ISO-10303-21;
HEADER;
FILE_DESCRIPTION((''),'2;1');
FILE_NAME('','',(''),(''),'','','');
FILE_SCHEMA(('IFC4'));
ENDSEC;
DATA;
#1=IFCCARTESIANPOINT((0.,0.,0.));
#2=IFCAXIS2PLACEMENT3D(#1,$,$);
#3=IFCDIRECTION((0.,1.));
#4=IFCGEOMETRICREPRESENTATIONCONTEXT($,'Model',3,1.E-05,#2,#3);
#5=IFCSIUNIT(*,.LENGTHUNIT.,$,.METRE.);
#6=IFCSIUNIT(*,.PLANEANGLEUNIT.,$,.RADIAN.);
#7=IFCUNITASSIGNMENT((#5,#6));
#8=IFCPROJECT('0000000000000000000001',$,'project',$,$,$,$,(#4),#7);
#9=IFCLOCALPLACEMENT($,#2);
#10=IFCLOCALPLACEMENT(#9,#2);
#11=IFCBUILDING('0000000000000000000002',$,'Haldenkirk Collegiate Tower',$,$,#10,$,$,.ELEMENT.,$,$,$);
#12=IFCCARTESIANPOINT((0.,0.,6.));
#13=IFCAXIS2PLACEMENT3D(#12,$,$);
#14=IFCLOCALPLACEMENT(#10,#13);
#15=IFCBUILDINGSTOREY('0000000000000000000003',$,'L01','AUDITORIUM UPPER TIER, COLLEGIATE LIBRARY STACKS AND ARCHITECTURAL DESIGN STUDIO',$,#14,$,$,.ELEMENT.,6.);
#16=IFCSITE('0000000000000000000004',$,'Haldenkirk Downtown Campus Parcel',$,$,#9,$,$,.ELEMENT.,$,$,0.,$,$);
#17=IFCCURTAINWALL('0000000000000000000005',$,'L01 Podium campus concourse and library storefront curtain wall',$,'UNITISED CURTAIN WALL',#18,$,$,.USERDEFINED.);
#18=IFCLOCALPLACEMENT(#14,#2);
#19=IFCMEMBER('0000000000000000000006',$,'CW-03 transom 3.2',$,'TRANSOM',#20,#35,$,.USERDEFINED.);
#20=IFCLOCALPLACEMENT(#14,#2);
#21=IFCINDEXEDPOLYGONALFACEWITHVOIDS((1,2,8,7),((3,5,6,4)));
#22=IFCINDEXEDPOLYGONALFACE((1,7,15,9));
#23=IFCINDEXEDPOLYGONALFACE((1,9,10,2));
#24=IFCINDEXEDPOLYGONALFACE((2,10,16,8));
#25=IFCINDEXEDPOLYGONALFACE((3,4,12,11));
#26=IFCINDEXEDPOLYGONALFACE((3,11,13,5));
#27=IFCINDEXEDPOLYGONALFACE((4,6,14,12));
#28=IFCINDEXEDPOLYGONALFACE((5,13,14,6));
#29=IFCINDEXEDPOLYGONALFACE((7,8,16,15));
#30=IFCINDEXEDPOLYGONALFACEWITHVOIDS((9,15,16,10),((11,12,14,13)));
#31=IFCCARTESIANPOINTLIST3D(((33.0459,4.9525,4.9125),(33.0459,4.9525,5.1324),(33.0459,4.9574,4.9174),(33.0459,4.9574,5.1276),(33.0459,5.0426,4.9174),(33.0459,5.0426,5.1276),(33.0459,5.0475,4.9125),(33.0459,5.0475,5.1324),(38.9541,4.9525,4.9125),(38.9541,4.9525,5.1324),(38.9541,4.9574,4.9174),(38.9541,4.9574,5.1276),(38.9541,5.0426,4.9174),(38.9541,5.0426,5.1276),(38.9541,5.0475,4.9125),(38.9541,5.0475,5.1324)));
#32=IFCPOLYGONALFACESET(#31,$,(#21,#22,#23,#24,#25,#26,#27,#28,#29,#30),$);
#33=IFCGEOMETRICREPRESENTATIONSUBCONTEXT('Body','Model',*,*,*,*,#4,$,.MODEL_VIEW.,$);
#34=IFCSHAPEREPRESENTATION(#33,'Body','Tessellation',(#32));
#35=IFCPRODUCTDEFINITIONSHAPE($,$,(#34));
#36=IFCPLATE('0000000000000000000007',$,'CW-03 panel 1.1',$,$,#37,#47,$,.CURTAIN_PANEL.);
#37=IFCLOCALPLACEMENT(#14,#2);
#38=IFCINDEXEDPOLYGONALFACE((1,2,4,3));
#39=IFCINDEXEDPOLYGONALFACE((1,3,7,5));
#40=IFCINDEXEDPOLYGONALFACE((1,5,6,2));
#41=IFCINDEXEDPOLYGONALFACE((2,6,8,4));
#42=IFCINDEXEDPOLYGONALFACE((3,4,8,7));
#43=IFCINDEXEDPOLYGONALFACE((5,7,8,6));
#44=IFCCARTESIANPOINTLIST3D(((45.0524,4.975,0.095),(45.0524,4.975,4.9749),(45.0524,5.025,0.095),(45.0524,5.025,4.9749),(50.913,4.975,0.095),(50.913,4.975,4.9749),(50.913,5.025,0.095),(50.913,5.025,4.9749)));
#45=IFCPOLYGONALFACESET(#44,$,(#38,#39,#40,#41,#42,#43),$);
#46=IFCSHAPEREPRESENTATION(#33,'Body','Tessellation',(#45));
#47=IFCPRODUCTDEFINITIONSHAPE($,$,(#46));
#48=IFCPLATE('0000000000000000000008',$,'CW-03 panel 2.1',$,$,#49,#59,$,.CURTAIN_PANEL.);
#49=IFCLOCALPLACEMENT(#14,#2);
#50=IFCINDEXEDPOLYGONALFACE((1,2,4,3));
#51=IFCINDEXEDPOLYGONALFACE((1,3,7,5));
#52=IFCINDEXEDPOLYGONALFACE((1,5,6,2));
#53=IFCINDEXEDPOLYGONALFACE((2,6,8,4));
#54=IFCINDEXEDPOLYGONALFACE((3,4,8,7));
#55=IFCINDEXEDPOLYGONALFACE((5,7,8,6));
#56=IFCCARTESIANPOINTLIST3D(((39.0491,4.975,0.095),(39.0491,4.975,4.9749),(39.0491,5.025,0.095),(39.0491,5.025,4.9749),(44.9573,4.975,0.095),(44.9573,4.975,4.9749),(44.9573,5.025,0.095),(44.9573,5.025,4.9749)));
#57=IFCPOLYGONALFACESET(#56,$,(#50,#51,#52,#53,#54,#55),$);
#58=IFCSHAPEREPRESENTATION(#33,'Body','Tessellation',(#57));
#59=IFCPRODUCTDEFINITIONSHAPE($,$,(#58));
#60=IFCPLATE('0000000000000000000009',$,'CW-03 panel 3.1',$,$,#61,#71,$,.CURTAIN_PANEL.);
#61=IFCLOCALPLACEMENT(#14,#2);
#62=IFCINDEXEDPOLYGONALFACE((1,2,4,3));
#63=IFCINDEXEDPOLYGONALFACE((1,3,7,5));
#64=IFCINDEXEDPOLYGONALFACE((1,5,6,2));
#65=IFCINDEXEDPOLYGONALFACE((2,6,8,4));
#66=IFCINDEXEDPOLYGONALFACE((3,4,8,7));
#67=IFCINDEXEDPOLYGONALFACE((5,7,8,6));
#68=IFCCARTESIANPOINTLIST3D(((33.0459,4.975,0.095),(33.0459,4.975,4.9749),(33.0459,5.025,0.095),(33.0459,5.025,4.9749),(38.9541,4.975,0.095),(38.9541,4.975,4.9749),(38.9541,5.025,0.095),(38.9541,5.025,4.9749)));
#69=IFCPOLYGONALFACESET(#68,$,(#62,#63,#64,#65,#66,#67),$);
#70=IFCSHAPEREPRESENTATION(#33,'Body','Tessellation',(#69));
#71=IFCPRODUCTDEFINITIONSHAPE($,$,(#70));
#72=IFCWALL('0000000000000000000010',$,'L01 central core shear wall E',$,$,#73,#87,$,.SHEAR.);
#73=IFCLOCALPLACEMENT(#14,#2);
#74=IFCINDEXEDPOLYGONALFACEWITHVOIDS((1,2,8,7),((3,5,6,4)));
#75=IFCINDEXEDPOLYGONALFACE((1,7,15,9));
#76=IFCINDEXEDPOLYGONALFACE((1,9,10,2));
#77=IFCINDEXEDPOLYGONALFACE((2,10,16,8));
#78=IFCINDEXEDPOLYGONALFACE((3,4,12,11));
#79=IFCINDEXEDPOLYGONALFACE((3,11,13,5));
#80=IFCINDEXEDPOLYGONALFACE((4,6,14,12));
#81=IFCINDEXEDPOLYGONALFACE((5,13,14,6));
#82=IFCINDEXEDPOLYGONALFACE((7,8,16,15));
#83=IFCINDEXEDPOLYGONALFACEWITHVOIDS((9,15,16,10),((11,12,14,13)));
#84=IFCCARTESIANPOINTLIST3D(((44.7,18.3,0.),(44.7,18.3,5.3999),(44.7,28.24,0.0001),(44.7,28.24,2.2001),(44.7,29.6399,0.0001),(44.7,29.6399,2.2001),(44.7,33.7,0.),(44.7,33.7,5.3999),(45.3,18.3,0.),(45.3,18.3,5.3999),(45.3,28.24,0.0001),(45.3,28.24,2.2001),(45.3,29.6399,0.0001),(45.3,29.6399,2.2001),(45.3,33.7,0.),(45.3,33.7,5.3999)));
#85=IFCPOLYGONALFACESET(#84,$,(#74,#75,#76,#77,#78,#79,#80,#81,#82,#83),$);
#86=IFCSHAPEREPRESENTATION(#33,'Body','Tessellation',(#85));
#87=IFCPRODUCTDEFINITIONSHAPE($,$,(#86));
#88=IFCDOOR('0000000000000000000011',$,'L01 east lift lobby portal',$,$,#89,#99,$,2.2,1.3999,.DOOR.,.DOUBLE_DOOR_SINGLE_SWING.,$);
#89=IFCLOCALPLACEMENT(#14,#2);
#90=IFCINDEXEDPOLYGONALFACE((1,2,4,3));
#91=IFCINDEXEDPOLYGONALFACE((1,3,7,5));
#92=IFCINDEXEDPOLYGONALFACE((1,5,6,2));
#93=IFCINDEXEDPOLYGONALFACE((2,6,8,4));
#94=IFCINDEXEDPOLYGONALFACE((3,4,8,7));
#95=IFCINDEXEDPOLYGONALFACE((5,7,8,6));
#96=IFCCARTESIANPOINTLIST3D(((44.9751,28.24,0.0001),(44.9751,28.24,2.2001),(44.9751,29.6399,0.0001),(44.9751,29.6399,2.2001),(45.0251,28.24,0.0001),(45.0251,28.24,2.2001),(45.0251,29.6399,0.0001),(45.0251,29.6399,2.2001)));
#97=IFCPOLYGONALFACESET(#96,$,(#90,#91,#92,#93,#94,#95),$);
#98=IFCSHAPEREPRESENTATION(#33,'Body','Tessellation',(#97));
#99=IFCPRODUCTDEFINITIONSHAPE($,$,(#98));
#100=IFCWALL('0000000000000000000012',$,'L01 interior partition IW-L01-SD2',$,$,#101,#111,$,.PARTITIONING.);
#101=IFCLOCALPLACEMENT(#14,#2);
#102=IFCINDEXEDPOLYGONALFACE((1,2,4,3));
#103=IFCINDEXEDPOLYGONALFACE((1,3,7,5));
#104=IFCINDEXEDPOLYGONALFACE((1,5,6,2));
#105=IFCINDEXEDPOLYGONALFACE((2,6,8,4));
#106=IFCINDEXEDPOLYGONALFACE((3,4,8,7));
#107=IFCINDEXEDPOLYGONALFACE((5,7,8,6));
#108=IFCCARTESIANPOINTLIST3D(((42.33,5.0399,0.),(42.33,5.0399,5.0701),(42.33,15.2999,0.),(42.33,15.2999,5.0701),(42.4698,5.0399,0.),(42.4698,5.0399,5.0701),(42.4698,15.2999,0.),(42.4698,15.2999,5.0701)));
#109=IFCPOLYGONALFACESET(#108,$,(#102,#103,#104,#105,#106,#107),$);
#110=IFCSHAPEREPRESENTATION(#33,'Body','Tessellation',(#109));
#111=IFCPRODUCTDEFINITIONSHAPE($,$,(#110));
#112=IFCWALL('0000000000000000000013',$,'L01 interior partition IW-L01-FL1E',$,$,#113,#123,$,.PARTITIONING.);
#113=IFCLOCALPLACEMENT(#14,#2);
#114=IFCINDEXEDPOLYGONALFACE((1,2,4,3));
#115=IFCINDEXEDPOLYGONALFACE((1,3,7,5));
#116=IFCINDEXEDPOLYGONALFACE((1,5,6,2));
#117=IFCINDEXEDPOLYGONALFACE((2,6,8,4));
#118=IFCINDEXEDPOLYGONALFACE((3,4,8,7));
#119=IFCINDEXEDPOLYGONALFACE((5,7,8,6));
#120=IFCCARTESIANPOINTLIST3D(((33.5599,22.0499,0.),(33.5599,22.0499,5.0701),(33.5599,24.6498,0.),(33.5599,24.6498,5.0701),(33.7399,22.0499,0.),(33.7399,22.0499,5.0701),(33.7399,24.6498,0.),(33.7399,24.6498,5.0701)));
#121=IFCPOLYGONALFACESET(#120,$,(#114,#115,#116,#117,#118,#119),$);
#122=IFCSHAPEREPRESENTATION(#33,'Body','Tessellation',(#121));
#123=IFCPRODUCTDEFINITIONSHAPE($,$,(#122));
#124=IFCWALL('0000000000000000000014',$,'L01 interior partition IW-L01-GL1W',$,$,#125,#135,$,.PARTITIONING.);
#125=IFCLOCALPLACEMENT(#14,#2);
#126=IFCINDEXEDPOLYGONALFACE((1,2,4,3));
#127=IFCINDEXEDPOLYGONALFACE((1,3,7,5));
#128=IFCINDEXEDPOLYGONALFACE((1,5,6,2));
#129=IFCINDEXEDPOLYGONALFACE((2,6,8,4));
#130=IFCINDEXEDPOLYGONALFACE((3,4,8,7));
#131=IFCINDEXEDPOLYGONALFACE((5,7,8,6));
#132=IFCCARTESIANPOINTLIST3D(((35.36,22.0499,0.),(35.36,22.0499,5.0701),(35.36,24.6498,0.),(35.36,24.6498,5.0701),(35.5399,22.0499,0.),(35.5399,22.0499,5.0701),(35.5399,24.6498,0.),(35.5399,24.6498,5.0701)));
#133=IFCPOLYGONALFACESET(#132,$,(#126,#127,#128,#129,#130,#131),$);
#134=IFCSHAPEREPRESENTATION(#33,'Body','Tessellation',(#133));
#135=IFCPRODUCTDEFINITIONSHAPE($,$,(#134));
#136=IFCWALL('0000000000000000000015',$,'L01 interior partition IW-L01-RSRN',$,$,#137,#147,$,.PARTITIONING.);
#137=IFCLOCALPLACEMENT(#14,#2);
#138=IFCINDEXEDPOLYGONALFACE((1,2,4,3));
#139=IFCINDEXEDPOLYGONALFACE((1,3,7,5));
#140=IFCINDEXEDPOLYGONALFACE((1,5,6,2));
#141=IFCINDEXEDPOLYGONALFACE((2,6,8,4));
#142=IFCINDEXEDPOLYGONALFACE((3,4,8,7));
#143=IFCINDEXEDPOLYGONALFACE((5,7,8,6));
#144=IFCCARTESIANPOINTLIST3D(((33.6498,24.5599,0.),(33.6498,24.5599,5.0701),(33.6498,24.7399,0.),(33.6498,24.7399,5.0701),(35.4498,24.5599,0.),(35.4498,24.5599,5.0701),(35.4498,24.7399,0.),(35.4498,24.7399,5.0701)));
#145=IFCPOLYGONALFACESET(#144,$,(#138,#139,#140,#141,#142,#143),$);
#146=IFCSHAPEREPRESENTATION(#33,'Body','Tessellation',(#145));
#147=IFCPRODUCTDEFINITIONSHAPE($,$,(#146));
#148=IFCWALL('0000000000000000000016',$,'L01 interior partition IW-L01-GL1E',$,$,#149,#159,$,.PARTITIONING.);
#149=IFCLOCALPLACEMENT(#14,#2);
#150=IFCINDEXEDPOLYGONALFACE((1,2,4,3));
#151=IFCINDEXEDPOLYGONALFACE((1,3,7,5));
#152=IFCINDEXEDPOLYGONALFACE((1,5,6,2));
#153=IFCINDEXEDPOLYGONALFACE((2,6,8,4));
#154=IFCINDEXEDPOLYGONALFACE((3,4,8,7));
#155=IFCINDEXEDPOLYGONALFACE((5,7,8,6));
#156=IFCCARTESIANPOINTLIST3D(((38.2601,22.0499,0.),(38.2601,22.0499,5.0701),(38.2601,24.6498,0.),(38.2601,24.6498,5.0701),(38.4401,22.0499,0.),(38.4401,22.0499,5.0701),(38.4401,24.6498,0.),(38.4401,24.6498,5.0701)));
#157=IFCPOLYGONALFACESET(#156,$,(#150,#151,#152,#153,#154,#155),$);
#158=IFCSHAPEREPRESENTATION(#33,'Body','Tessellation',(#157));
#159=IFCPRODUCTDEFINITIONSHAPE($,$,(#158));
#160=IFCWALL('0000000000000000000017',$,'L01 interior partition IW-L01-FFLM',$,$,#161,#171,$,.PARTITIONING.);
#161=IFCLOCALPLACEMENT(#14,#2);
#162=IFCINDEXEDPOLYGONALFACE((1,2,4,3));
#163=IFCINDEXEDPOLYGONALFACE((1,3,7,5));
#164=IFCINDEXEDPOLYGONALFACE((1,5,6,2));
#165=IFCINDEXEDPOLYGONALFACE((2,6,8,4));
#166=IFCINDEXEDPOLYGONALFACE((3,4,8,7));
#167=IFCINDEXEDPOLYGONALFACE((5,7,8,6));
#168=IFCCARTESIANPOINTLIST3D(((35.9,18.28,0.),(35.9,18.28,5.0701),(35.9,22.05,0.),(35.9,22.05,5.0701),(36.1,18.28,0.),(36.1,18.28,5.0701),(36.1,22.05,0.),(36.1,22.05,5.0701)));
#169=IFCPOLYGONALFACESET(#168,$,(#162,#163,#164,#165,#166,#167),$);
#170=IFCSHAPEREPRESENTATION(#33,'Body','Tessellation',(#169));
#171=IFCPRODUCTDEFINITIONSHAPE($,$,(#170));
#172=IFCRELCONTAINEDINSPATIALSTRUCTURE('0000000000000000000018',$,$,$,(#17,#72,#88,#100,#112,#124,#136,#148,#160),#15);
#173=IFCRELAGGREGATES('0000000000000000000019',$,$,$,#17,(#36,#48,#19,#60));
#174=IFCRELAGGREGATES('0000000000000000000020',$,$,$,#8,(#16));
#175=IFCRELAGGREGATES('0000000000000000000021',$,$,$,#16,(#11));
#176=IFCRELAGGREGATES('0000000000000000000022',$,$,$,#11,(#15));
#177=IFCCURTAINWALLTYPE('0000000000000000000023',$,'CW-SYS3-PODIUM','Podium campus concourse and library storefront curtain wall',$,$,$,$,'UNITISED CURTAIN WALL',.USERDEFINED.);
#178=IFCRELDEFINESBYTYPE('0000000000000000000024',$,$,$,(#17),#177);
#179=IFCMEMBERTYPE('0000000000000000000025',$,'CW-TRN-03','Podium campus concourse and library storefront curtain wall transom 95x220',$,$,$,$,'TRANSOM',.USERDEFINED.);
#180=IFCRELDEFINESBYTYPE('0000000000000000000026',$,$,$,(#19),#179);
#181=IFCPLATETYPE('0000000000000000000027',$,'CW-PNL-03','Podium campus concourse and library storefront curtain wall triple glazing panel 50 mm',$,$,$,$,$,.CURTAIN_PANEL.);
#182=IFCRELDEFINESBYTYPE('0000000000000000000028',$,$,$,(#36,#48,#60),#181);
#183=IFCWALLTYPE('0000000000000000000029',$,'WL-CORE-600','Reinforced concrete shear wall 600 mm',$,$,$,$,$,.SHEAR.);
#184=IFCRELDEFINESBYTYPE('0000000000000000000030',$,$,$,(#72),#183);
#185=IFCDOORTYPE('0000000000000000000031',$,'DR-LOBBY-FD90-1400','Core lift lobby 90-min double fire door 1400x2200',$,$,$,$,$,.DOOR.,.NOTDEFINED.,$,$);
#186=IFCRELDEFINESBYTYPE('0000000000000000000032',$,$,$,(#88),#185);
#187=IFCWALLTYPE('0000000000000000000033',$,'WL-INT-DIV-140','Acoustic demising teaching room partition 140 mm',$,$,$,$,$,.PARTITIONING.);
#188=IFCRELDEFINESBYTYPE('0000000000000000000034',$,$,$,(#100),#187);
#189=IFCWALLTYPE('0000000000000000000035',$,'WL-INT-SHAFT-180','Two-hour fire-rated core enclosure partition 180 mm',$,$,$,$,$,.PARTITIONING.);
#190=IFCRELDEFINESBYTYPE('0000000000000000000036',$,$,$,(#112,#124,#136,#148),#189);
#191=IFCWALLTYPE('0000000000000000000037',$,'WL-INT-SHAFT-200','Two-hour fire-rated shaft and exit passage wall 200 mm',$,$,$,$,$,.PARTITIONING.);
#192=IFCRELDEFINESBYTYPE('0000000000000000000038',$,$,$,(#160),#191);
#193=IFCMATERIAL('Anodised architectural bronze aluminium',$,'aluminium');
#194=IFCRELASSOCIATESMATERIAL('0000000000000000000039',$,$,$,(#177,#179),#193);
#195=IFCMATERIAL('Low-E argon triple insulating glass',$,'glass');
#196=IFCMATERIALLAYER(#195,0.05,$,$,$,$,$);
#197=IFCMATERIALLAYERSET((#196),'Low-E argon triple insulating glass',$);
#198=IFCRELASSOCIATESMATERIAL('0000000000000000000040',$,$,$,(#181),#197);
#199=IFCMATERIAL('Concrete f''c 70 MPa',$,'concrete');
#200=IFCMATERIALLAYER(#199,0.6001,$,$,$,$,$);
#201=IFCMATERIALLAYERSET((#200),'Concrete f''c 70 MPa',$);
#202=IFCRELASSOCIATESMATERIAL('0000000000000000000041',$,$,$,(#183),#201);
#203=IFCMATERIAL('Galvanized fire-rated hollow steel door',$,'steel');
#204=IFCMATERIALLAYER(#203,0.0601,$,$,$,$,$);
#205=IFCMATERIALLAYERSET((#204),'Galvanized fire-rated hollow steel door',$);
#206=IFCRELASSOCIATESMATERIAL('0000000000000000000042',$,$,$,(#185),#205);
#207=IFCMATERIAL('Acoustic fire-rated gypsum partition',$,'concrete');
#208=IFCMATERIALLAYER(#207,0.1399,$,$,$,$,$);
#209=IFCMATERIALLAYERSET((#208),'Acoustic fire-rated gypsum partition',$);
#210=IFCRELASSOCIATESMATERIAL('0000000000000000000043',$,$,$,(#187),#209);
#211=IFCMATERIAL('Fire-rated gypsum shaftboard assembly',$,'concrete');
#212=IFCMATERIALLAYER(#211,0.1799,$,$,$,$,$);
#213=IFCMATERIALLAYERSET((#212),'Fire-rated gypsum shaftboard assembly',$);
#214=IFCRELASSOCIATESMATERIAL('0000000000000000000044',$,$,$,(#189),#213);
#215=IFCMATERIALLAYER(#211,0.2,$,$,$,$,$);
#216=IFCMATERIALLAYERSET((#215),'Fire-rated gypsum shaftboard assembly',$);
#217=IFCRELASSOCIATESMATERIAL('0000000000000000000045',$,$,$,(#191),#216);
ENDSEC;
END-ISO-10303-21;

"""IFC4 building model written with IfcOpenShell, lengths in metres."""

from ifc_helpers import new_model, si_unit, direction, frame, frame_2d, origin, origin_2d, place, context, subcontext, project, spatial, rectangle, hollow_rectangle, extrude, source, transform, mapped, material, layer, layer_set, material_profile, profile_set, type_object, element, fill, aggregate, save


model = new_model("IFC4")

# Units and contexts
model_context = context("Model", 3, precision=1e-05, world=origin(), true_north=direction((0.0, 1.0)))
body_context = subcontext(model_context, "Body", "Model", "MODEL_VIEW")
ifc_project = project(units=[si_unit("LENGTHUNIT", "METRE"), si_unit("PLANEANGLEUNIT", "RADIAN")], contexts=[model_context])

# Site, building, storey
site_placement = place(None, origin())
site = spatial("IfcSite", under=ifc_project, at=site_placement, Name="Haldenkirk Downtown Campus Parcel", CompositionType="ELEMENT", RefElevation=0.0)
building_placement = place(site_placement, origin())
building = spatial("IfcBuilding", under=site, at=building_placement, Name="Haldenkirk Collegiate Tower", CompositionType="ELEMENT")
storey_placement = place(building_placement, frame((0.0, 0.0, 6.0)))
storey = spatial("IfcBuildingStorey", under=building, at=storey_placement, Name="L01", Description="AUDITORIUM UPPER TIER, COLLEGIATE LIBRARY STACKS AND ARCHITECTURAL DESIGN STUDIO", CompositionType="ELEMENT", Elevation=6.0)

# Curtain wall, member, plates
ifc_material_1 = material(Name="Anodised architectural bronze aluminium", Category="aluminium")
curtain_wall_type = type_object("IfcCurtainWallType", Name="CW-SYS3-PODIUM", Description="Podium campus concourse and library storefront curtain wall", ElementType="UNITISED CURTAIN WALL", PredefinedType="USERDEFINED", material=ifc_material_1)
curtain_wall_placement = place(storey_placement, origin())
curtain_wall = element("IfcCurtainWall", 1, at=curtain_wall_placement, inside=storey, type_object=curtain_wall_type, Name="L01 Podium campus concourse and library storefront curtain wall", ObjectType="UNITISED CURTAIN WALL", PredefinedType="USERDEFINED")
ifc_material_profile_1 = material_profile(ifc_material_1, hollow_rectangle(XDim=0.095, YDim=0.22, WallThickness=0.0049, at=origin_2d()), Name="CW-TRN-03")
ifc_profile_set_1 = profile_set([ifc_material_profile_1], Name="Anodised architectural bronze aluminium")
member_type_1 = type_object("IfcMemberType", Name="CW-TRN-03", Description="Podium campus concourse and library storefront curtain wall transom 95x220", ElementType="TRANSOM", PredefinedType="USERDEFINED", material=ifc_profile_set_1)
member_1_placement = place(storey_placement, frame((38.9541, 5.0, 5.0225), z_axis=(-1.0, 0.0, 0.0), x_axis=(0.0, -1.0, 0.0)))
member_1 = element("IfcMember", 2, at=member_1_placement, type_object=member_type_1, Name="CW-03 transom 3.2", ObjectType="TRANSOM", PredefinedType="USERDEFINED", context=body_context, shape_type="SweptSolid", body=[
    extrude(hollow_rectangle(XDim=0.095, YDim=0.22, WallThickness=0.0049, at=origin_2d()), origin(), (0.0, 0.0, 1.0), 5.9082),
])
ifc_material_2 = material(Name="Low-E argon triple insulating glass", Category="glass")
ifc_layer_1 = layer(ifc_material_2, 0.05)
ifc_layer_set_1 = layer_set([ifc_layer_1], Name="Low-E argon triple insulating glass")
plate_type = type_object("IfcPlateType", Name="CW-PNL-03", Description="Podium campus concourse and library storefront curtain wall triple glazing panel 50 mm", PredefinedType="CURTAIN_PANEL", material=ifc_layer_set_1)
shared_shape_1 = source(origin(), body_context, "Body", "SweptSolid", [
    extrude(rectangle(XDim=5.8606, YDim=0.05, at=origin_2d()), origin(), (0.0, 0.0, 1.0), 4.8799),
])
plate_1_placement = place(storey_placement, frame((47.9827, 5.0, 0.095), z_axis=(0.0, 0.0, 1.0), x_axis=(-1.0, 0.0, 0.0)))
plate_1 = element("IfcPlate", 3, at=plate_1_placement, type_object=plate_type, Name="CW-03 panel 1.1", PredefinedType="CURTAIN_PANEL", context=body_context, shape_type="MappedRepresentation", body=[
    mapped(shared_shape_1, transform((0.0, 0.0, 0.0), x_axis=(1.0, 0.0, 0.0), y_axis=(0.0, 1.0, 0.0), z_axis=(0.0, 0.0, 1.0), scale=1.0)),
])
shared_shape_2 = source(origin(), body_context, "Body", "SweptSolid", [
    extrude(rectangle(XDim=5.9082, YDim=0.05, at=origin_2d()), origin(), (0.0, 0.0, 1.0), 4.8799),
])
plate_2_placement = place(storey_placement, frame((42.0032, 5.0, 0.095), z_axis=(0.0, 0.0, 1.0), x_axis=(-1.0, 0.0, 0.0)))
plate_2 = element("IfcPlate", 4, at=plate_2_placement, type_object=plate_type, Name="CW-03 panel 2.1", PredefinedType="CURTAIN_PANEL", context=body_context, shape_type="MappedRepresentation", body=[
    mapped(shared_shape_2, transform((0.0, 0.0, 0.0), x_axis=(1.0, 0.0, 0.0), y_axis=(0.0, 1.0, 0.0), z_axis=(0.0, 0.0, 1.0), scale=1.0)),
])
plate_3_placement = place(storey_placement, frame((36.0, 5.0, 0.095), z_axis=(0.0, 0.0, 1.0), x_axis=(-1.0, 0.0, 0.0)))
plate_3 = element("IfcPlate", 5, at=plate_3_placement, type_object=plate_type, Name="CW-03 panel 3.1", PredefinedType="CURTAIN_PANEL", context=body_context, shape_type="MappedRepresentation", body=[
    mapped(shared_shape_2, transform((0.0, 0.0, 0.0), x_axis=(1.0, 0.0, 0.0), y_axis=(0.0, 1.0, 0.0), z_axis=(0.0, 0.0, 1.0), scale=1.0)),
])
aggregate(curtain_wall, [plate_1, plate_2, member_1, plate_3])

# Wall, opening, door
ifc_material_3 = material(Name="Concrete f'c 70 MPa", Category="concrete")
ifc_layer_2 = layer(ifc_material_3, 0.6001)
ifc_layer_set_2 = layer_set([ifc_layer_2], Name="Concrete f'c 70 MPa")
wall_type_1 = type_object("IfcWallType", Name="WL-CORE-600", Description="Reinforced concrete shear wall 600 mm", PredefinedType="SHEAR", material=ifc_layer_set_2)
wall_1_placement = place(storey_placement, frame((45.0, 18.3, 0.0), z_axis=(0.0, 0.0, 1.0), x_axis=(0.0, 1.0, 0.0)))
wall_1 = element("IfcWall", 6, at=wall_1_placement, inside=storey, type_object=wall_type_1, Name="L01 central core shear wall E", PredefinedType="SHEAR", context=body_context, shape_type="SweptSolid", body=[
    extrude(rectangle(XDim=15.3999, YDim=0.6001, at=frame_2d((7.7, 0.0))), origin(), (0.0, 0.0, 1.0), 5.3999),
])
opening_1_placement = place(wall_1_placement, frame((9.9399, 0.0, 0.0)))
opening_1 = element("IfcOpeningElement", 7, at=opening_1_placement, cuts=wall_1, PredefinedType="OPENING", context=body_context, shape_type="SweptSolid", body=[
    extrude(rectangle(XDim=1.3999, YDim=2.2, at=frame_2d((0.7, 1.1001))), frame((0.0, 0.3101, 0.0), z_axis=(0.0, -1.0, 0.0), x_axis=(1.0, 0.0, 0.0)), (0.0, 0.0, 1.0), 0.6201),
])
ifc_material_4 = material(Name="Galvanized fire-rated hollow steel door", Category="steel")
ifc_layer_3 = layer(ifc_material_4, 0.0601)
ifc_layer_set_3 = layer_set([ifc_layer_3], Name="Galvanized fire-rated hollow steel door")
door_type_1 = type_object("IfcDoorType", Name="DR-LOBBY-FD90-1400", Description="Core lift lobby 90-min double fire door 1400x2200", OperationType="NOTDEFINED", PredefinedType="DOOR", material=ifc_layer_set_3)
door_1_placement = place(opening_1_placement, origin())
door_1 = element("IfcDoor", 8, at=door_1_placement, inside=storey, type_object=door_type_1, Name="L01 east lift lobby portal", OperationType="DOUBLE_DOOR_SINGLE_SWING", OverallHeight=2.2, OverallWidth=1.3999, PredefinedType="DOOR", context=body_context, shape_type="SweptSolid", body=[
    extrude(rectangle(XDim=1.3999, YDim=2.2, at=frame_2d((0.7, 1.1001))), frame((0.0, 0.0249, 0.0), z_axis=(0.0, -1.0, 0.0), x_axis=(1.0, 0.0, 0.0)), (0.0, 0.0, 1.0), 0.05),
])
fill(opening_1, door_1)

# Walls
ifc_material_5 = material(Name="Acoustic fire-rated gypsum partition", Category="concrete")
ifc_layer_4 = layer(ifc_material_5, 0.1399)
ifc_layer_set_4 = layer_set([ifc_layer_4], Name="Acoustic fire-rated gypsum partition")
wall_type_2 = type_object("IfcWallType", Name="WL-INT-DIV-140", Description="Acoustic demising teaching room partition 140 mm", PredefinedType="PARTITIONING", material=ifc_layer_set_4)
wall_2_placement = place(storey_placement, frame((42.3999, 5.04, 0.0), z_axis=(0.0, 0.0, 1.0), x_axis=(0.0, 1.0, 0.0)))
element("IfcWall", 9, at=wall_2_placement, inside=storey, type_object=wall_type_2, Name="L01 interior partition IW-L01-SD2", PredefinedType="PARTITIONING", context=body_context, shape_type="SweptSolid", body=[
    extrude(rectangle(XDim=10.26, YDim=0.1399, at=frame_2d((5.1299, 0.0))), origin(), (0.0, 0.0, 1.0), 5.0701),
])
ifc_material_6 = material(Name="Fire-rated gypsum shaftboard assembly", Category="concrete")
ifc_layer_5 = layer(ifc_material_6, 0.1799)
ifc_layer_set_5 = layer_set([ifc_layer_5], Name="Fire-rated gypsum shaftboard assembly")
wall_type_3 = type_object("IfcWallType", Name="WL-INT-SHAFT-180", Description="Two-hour fire-rated core enclosure partition 180 mm", PredefinedType="PARTITIONING", material=ifc_layer_set_5)
for number, where, z_axis, x_axis, name in (
    (10, (33.6499, 22.05, 0.0), (0.0, 0.0, 1.0), (0.0, 1.0, 0.0), "L01 interior partition IW-L01-FL1E"),
    (11, (35.45, 22.05, 0.0), (0.0, 0.0, 1.0), (0.0, 1.0, 0.0), "L01 interior partition IW-L01-GL1W"),
):
    element("IfcWall", number, at=place(storey_placement, frame(where, z_axis=z_axis, x_axis=x_axis)), inside=storey, type_object=wall_type_3, Name=name, PredefinedType="PARTITIONING", context=body_context, shape_type="SweptSolid", body=[
        extrude(rectangle(XDim=2.5999, YDim=0.1799, at=frame_2d((1.2998, 0.0))), origin(), (0.0, 0.0, 1.0), 5.0701),
    ])
wall_3_placement = place(storey_placement, frame((33.6499, 24.6499, 0.0), z_axis=(0.0, 0.0, 1.0), x_axis=(1.0, 0.0, 0.0)))
element("IfcWall", 12, at=wall_3_placement, inside=storey, type_object=wall_type_3, Name="L01 interior partition IW-L01-RSRN", PredefinedType="PARTITIONING", context=body_context, shape_type="SweptSolid", body=[
    extrude(rectangle(XDim=1.8, YDim=0.1799, at=frame_2d((0.8999, 0.0))), origin(), (0.0, 0.0, 1.0), 5.0701),
])
wall_4_placement = place(storey_placement, frame((38.3501, 22.05, 0.0), z_axis=(0.0, 0.0, 1.0), x_axis=(0.0, 1.0, 0.0)))
element("IfcWall", 13, at=wall_4_placement, inside=storey, type_object=wall_type_3, Name="L01 interior partition IW-L01-GL1E", PredefinedType="PARTITIONING", context=body_context, shape_type="SweptSolid", body=[
    extrude(rectangle(XDim=2.5999, YDim=0.1799, at=frame_2d((1.2998, 0.0))), origin(), (0.0, 0.0, 1.0), 5.0701),
])
ifc_layer_6 = layer(ifc_material_6, 0.2)
ifc_layer_set_6 = layer_set([ifc_layer_6], Name="Fire-rated gypsum shaftboard assembly")
wall_type_4 = type_object("IfcWallType", Name="WL-INT-SHAFT-200", Description="Two-hour fire-rated shaft and exit passage wall 200 mm", PredefinedType="PARTITIONING", material=ifc_layer_set_6)
wall_5_placement = place(storey_placement, frame((36.0, 18.28, 0.0), z_axis=(0.0, 0.0, 1.0), x_axis=(0.0, 1.0, 0.0)))
element("IfcWall", 14, at=wall_5_placement, inside=storey, type_object=wall_type_4, Name="L01 interior partition IW-L01-FFLM", PredefinedType="PARTITIONING", context=body_context, shape_type="SweptSolid", body=[
    extrude(rectangle(XDim=3.77, YDim=0.2, at=frame_2d((1.885, 0.0))), origin(), (0.0, 0.0, 1.0), 5.0701),
])

save(model, "model.ifc")
